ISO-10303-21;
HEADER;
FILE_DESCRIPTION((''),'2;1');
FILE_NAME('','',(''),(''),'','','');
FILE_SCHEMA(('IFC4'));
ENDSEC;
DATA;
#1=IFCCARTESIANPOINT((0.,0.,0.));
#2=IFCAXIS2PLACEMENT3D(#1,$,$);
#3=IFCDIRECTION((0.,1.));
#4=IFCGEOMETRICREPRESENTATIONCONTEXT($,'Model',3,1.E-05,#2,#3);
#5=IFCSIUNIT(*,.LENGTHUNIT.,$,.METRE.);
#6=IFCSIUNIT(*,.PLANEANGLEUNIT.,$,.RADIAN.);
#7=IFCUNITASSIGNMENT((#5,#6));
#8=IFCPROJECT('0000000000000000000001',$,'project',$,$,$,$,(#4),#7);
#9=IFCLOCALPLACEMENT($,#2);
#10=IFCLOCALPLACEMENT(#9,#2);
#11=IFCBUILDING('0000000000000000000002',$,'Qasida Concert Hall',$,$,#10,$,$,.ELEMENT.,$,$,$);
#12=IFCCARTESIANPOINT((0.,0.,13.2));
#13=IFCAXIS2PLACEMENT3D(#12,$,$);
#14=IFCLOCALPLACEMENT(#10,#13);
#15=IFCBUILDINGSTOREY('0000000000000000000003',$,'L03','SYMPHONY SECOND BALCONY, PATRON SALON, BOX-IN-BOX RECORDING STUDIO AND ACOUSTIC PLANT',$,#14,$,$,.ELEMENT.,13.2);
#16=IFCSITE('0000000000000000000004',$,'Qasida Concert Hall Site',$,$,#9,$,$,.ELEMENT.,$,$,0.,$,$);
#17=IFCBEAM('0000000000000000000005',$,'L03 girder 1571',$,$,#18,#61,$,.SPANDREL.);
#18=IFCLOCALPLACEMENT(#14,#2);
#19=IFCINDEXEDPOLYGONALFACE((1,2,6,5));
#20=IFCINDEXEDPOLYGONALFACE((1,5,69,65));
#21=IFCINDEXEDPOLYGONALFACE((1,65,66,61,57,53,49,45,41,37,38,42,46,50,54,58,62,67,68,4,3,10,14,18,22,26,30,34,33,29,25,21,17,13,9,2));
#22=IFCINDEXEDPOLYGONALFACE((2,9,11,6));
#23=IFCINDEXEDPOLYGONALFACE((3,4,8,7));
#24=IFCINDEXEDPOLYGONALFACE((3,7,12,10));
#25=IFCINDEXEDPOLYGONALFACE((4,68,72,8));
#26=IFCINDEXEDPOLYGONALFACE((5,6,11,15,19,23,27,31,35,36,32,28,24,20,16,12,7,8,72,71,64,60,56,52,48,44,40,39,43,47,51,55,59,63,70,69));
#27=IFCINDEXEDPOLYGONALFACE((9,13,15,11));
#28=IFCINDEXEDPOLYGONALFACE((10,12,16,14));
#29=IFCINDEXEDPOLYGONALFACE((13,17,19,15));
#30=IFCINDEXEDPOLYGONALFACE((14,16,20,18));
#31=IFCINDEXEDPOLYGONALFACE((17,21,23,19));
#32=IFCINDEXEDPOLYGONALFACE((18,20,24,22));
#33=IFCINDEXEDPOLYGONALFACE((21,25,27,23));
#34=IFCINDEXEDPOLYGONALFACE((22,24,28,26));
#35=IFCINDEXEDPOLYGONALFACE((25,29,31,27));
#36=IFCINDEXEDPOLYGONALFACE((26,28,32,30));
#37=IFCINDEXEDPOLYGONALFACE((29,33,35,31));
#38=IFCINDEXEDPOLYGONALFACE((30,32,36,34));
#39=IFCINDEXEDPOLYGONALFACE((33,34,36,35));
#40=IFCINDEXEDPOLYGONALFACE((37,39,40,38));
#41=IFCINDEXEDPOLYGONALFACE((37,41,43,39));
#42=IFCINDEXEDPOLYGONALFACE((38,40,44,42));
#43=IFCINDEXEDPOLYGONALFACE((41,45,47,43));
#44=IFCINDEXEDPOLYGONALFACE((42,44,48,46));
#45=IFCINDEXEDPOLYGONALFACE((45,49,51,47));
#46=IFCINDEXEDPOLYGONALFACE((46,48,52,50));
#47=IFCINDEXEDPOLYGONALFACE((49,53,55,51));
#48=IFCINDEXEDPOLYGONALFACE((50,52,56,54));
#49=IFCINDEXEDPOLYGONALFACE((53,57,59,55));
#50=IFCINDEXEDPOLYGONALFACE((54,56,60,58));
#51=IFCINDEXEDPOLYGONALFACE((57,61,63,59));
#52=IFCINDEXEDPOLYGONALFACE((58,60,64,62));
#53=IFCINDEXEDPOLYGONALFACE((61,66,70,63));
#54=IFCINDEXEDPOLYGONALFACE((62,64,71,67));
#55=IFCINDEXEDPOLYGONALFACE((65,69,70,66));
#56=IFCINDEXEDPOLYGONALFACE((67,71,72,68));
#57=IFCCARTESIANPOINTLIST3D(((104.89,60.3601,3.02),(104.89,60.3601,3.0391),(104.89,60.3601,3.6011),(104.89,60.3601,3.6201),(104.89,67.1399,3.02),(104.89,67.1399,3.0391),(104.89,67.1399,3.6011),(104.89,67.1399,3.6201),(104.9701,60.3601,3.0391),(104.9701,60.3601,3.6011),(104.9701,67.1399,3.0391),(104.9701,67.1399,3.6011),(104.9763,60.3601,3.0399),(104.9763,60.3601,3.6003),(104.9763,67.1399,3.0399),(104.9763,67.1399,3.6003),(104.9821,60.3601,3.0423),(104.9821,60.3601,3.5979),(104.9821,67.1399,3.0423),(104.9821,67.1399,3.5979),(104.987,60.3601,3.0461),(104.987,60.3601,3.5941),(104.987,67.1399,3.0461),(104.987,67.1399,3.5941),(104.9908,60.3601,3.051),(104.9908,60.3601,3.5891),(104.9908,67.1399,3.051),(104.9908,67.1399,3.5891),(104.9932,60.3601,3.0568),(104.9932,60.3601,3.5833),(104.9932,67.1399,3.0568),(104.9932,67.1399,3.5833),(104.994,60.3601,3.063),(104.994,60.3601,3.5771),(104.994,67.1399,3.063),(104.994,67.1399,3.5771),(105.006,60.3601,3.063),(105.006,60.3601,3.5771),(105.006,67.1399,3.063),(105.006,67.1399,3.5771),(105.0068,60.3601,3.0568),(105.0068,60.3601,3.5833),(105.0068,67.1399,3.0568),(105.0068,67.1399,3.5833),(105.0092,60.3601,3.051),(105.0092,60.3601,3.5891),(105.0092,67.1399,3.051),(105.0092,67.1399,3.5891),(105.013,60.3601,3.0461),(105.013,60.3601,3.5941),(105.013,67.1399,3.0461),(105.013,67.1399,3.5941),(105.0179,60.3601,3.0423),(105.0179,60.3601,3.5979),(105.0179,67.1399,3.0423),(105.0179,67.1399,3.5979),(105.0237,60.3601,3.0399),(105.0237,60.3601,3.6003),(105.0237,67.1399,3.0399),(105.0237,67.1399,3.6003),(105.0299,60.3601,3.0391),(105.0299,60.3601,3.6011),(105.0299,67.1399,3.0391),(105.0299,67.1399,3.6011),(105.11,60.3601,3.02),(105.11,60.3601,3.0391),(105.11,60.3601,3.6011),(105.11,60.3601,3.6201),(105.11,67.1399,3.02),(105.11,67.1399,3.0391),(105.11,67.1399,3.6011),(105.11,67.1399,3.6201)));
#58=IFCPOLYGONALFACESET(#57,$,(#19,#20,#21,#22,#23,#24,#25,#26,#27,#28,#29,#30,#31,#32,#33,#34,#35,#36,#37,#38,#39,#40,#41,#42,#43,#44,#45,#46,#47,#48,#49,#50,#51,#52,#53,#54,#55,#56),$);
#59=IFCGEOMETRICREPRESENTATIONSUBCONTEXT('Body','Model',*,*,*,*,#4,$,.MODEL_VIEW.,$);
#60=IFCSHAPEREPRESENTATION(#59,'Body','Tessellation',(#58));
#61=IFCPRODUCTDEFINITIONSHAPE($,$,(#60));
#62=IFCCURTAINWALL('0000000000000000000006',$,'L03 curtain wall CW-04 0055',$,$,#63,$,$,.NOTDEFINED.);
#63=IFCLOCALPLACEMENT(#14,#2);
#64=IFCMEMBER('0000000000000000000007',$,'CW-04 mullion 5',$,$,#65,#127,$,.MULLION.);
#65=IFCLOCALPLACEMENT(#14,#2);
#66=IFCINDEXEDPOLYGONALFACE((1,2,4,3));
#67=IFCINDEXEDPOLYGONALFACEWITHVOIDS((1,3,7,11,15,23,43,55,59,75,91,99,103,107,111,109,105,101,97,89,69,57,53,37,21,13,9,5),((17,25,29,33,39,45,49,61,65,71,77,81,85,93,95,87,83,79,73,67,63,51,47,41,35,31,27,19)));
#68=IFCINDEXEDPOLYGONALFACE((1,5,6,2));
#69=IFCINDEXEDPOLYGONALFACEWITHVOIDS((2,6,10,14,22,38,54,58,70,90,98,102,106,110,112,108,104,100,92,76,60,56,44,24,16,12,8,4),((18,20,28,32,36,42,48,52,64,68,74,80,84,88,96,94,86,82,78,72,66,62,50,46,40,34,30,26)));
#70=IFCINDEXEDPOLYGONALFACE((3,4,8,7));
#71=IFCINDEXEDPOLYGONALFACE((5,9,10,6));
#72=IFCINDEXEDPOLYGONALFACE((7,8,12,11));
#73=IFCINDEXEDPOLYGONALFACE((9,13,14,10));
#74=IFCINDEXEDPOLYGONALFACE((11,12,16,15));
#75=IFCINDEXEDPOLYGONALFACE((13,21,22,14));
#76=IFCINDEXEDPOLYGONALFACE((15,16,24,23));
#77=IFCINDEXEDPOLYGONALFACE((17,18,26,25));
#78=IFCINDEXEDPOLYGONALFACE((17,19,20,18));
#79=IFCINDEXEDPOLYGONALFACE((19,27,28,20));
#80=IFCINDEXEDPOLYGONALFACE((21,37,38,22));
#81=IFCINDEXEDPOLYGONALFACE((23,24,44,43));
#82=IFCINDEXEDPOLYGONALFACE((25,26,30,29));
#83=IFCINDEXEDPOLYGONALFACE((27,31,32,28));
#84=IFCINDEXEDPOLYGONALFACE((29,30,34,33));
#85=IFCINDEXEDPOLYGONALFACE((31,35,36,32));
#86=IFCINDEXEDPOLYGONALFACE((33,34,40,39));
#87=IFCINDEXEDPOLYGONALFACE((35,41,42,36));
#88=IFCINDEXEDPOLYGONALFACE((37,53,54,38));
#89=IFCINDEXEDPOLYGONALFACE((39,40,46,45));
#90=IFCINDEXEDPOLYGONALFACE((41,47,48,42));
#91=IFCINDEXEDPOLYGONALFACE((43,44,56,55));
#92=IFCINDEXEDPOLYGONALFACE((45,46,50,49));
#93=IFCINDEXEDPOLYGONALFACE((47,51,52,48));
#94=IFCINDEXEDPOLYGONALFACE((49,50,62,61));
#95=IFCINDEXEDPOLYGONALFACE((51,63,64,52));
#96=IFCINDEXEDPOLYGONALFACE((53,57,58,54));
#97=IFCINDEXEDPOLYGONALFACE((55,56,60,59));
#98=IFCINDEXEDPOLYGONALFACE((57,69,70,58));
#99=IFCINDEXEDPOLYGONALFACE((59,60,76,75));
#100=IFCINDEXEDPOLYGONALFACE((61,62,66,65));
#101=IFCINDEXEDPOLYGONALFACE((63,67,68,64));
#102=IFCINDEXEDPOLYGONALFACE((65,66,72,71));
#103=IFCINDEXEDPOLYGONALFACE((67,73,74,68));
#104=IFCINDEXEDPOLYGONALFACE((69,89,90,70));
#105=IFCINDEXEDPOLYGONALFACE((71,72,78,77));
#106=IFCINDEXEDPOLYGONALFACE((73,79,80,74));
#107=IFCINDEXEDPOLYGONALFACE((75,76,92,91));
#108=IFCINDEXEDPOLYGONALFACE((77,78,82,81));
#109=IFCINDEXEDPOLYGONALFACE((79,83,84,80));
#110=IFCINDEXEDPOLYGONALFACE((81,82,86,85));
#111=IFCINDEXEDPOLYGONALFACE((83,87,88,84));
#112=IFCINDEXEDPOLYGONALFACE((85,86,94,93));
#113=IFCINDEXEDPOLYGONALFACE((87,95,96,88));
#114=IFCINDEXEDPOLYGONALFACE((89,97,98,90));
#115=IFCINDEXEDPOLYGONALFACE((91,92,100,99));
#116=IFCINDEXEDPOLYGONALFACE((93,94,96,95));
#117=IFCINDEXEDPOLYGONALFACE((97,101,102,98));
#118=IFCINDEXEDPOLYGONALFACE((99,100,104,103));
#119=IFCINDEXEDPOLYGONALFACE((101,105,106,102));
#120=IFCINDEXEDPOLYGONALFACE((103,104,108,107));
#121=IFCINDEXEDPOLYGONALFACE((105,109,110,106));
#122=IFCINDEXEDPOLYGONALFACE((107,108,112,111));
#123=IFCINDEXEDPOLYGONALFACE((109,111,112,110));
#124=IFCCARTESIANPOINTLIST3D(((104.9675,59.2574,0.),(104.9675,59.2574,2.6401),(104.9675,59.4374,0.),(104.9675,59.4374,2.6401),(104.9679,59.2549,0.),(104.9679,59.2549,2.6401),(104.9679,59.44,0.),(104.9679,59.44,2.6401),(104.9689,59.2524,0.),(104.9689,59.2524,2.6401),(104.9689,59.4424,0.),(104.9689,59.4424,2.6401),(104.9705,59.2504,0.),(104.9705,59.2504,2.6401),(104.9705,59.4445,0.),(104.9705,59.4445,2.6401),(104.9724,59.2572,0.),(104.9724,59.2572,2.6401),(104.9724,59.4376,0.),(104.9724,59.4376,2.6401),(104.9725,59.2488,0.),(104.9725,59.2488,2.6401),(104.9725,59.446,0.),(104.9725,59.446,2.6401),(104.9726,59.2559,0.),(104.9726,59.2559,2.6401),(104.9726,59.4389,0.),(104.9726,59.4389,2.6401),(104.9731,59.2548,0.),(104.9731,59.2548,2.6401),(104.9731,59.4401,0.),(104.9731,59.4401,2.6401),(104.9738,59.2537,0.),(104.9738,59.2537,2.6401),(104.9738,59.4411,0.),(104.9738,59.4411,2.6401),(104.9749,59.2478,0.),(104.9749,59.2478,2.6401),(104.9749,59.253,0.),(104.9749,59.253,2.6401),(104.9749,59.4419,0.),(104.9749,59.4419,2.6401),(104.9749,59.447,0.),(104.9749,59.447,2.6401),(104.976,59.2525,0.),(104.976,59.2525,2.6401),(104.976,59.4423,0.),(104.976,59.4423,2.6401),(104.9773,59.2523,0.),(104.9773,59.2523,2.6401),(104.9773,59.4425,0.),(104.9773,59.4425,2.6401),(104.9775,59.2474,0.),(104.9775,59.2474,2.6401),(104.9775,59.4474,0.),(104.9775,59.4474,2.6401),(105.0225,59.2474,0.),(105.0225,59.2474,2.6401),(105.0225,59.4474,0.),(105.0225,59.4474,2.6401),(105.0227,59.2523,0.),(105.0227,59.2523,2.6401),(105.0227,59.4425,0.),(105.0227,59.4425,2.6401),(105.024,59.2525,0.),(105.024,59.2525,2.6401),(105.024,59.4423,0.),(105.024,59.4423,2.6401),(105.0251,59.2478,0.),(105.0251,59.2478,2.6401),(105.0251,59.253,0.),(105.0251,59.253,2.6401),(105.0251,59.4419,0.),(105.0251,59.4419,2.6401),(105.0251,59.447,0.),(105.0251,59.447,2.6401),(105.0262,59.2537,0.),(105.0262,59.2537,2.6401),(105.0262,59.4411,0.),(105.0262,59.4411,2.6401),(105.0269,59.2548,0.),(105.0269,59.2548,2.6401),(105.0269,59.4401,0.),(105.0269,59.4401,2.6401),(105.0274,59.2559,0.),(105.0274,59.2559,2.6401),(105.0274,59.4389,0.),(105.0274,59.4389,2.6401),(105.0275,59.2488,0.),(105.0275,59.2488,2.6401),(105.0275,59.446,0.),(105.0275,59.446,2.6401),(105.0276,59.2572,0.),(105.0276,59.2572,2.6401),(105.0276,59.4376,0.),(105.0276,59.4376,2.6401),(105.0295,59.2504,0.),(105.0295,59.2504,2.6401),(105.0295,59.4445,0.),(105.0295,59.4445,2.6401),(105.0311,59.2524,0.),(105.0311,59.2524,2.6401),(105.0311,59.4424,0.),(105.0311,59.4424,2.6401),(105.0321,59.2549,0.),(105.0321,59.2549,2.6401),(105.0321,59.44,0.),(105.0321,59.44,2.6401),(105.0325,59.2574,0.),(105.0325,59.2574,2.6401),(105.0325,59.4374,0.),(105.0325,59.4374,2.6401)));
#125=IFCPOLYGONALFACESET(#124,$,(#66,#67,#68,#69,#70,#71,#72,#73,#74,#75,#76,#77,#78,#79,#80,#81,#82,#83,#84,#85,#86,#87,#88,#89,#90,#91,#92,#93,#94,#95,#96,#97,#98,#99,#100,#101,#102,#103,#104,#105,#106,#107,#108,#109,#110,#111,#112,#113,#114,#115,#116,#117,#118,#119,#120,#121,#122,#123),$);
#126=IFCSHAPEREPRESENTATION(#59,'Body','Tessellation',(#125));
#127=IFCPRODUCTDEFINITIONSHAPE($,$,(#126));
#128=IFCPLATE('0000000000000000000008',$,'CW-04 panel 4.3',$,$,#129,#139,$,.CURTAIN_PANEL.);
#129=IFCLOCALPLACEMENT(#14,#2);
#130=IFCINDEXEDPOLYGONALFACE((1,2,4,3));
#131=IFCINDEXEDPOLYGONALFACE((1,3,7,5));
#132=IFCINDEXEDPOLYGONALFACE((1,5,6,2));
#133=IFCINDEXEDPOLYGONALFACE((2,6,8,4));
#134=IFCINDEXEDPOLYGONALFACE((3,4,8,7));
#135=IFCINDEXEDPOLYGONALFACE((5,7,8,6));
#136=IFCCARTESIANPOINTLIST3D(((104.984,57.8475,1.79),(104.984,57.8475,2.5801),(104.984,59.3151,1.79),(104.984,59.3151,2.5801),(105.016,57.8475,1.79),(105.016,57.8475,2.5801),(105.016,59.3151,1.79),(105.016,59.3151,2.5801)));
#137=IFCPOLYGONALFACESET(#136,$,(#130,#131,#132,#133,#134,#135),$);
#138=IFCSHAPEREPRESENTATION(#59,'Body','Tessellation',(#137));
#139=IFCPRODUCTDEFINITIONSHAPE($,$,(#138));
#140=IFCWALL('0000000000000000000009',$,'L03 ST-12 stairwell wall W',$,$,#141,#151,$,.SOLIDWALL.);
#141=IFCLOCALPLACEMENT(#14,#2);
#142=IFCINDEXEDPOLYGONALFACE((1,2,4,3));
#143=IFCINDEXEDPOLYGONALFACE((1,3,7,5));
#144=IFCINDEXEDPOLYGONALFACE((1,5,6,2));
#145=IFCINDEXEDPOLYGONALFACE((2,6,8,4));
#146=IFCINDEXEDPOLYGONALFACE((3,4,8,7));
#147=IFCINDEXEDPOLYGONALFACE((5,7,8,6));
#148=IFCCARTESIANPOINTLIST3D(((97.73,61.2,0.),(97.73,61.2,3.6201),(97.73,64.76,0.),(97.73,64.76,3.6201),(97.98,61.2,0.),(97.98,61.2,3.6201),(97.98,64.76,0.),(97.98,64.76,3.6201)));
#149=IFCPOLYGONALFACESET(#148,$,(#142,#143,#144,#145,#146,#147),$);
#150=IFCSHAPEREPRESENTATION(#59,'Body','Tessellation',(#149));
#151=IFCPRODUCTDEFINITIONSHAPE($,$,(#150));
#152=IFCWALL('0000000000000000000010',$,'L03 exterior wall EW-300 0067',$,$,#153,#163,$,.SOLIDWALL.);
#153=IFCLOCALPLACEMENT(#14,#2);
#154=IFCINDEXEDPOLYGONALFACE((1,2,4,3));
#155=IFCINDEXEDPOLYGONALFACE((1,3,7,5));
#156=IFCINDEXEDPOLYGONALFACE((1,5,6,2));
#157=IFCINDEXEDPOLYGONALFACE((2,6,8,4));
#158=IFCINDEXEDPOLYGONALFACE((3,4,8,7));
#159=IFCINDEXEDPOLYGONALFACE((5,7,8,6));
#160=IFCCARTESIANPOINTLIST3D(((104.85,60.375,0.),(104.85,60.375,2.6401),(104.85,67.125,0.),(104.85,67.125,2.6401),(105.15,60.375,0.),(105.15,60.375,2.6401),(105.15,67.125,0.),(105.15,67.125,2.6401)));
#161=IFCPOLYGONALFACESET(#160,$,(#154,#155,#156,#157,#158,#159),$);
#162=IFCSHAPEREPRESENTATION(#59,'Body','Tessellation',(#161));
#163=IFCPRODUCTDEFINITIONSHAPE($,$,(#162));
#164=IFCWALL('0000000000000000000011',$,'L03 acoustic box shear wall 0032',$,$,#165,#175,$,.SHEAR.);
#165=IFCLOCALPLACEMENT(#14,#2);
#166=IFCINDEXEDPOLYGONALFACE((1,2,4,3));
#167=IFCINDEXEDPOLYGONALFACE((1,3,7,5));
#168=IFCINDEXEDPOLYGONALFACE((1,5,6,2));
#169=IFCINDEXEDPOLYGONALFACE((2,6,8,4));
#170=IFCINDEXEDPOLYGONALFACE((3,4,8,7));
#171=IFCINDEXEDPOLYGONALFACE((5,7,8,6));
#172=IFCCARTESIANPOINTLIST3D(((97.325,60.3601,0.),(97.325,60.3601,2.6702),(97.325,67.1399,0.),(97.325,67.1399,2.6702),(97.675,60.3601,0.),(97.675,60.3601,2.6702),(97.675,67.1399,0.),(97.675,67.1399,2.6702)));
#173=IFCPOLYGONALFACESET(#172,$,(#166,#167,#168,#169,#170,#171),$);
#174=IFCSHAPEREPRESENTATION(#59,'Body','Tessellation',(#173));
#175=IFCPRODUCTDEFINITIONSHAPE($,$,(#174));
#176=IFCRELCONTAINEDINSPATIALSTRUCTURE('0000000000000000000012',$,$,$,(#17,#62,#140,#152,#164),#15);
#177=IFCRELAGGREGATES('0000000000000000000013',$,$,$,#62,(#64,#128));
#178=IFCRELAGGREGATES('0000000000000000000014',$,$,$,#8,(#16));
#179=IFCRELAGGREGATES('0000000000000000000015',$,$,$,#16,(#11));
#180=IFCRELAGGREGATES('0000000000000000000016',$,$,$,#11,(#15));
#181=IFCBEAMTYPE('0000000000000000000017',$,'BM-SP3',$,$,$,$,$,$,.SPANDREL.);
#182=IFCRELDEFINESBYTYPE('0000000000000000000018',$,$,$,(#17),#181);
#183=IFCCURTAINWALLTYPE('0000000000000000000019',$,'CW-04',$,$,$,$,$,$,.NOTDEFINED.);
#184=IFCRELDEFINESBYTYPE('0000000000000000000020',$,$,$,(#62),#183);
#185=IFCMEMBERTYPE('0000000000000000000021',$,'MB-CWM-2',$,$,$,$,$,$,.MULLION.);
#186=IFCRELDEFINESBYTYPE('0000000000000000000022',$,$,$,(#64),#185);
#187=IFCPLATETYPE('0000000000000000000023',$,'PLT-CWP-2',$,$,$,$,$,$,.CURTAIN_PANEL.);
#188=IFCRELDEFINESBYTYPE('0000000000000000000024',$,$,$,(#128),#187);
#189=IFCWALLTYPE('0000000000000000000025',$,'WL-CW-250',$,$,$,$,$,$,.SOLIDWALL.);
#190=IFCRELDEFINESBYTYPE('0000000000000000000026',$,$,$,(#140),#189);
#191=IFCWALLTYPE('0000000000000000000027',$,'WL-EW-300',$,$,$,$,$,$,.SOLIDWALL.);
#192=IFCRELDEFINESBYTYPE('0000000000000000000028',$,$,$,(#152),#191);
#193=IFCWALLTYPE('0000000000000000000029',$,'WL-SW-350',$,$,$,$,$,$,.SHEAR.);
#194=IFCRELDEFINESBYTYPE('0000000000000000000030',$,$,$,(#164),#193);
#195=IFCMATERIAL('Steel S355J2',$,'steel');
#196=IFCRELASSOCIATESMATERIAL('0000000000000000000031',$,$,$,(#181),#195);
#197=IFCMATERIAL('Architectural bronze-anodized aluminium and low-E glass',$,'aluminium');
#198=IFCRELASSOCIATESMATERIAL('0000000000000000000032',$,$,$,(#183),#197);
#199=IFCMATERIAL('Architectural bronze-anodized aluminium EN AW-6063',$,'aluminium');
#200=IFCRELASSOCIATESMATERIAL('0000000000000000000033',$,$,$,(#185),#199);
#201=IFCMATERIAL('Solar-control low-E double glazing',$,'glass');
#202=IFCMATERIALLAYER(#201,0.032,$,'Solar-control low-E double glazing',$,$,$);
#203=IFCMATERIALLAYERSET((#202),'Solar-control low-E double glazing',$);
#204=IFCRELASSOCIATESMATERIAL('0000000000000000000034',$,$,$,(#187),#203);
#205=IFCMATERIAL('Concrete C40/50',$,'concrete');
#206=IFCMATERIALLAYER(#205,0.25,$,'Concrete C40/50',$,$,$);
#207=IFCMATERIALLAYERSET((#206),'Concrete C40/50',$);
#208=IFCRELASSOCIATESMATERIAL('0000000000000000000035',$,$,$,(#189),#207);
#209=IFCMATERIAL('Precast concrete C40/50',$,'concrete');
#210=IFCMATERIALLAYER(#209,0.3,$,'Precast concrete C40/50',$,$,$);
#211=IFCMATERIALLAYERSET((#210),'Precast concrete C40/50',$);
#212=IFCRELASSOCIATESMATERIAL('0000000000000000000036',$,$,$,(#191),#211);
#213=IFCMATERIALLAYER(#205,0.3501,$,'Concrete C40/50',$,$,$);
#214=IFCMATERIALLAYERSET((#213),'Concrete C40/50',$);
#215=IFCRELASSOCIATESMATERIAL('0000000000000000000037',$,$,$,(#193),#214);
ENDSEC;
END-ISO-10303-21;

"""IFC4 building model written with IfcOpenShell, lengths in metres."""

from ifc_helpers import new_model, si_unit, direction, frame, frame_2d, origin, origin_2d, place, context, subcontext, project, spatial, rectangle, hollow_rectangle, i_section, extrude, material, layer, layer_set, material_profile, profile_set, type_object, element, aggregate, save


model = new_model("IFC4")

# Units and contexts
model_context = context("Model", 3, precision=1e-05, world=origin(), true_north=direction((0.0, 1.0)))
body_context = subcontext(model_context, "Body", "Model", "MODEL_VIEW")
ifc_project = project(units=[si_unit("LENGTHUNIT", "METRE"), si_unit("PLANEANGLEUNIT", "RADIAN")], contexts=[model_context])

# Site, building, storey
site_placement = place(None, origin())
site = spatial("IfcSite", under=ifc_project, at=site_placement, Name="Qasida Concert Hall Site", CompositionType="ELEMENT", RefElevation=0.0)
building_placement = place(site_placement, origin())
building = spatial("IfcBuilding", under=site, at=building_placement, Name="Qasida Concert Hall", CompositionType="ELEMENT")
storey_placement = place(building_placement, frame((0.0, 0.0, 13.2)))
storey = spatial("IfcBuildingStorey", under=building, at=storey_placement, Name="L03", Description="SYMPHONY SECOND BALCONY, PATRON SALON, BOX-IN-BOX RECORDING STUDIO AND ACOUSTIC PLANT", CompositionType="ELEMENT", Elevation=13.2)

# Beam
ifc_material_1 = material(Name="Steel S355J2", Category="steel")
ifc_material_2 = material(Name="Concrete C40/50", Category="concrete")
ifc_material_profile_1 = material_profile(ifc_material_1, i_section(OverallWidth=0.22, OverallDepth=0.6001, WebThickness=0.012, FlangeThickness=0.019, FilletRadius=0.0239, at=origin_2d()), Name="IPE 600")
ifc_profile_set_1 = profile_set([ifc_material_profile_1], Name="Steel S355J2")
beam_type_1 = type_object("IfcBeamType", Name="BM-SP3", PredefinedType="SPANDREL", material=ifc_profile_set_1)
beam_1_placement = place(storey_placement, frame((105.0, 60.3601, 3.3201), z_axis=(0.0, 1.0, 0.0), x_axis=(-1.0, 0.0, 0.0)))
element("IfcBeam", 1, at=beam_1_placement, inside=storey, type_object=beam_type_1, Name="L03 girder 1571", PredefinedType="SPANDREL", context=body_context, shape_type="SweptSolid", body=[
    extrude(i_section(OverallWidth=0.22, OverallDepth=0.6001, WebThickness=0.012, FlangeThickness=0.019, FilletRadius=0.0239, at=origin_2d()), origin(), (0.0, 0.0, 1.0), 6.7798),
])

# Curtain wall, member, plate
ifc_material_3 = material(Name="Architectural bronze-anodized aluminium and low-E glass", Category="aluminium")
curtain_wall_type = type_object("IfcCurtainWallType", Name="CW-04", PredefinedType="NOTDEFINED", material=ifc_material_3)
curtain_wall_placement = place(storey_placement, origin())
curtain_wall = element("IfcCurtainWall", 2, at=curtain_wall_placement, inside=storey, type_object=curtain_wall_type, Name="L03 curtain wall CW-04 0055", PredefinedType="NOTDEFINED")
ifc_material_4 = material(Name="Architectural bronze-anodized aluminium EN AW-6063", Category="aluminium")
ifc_material_profile_2 = material_profile(ifc_material_4, hollow_rectangle(XDim=0.0649, YDim=0.2, WallThickness=0.0049, InnerFilletRadius=0.0049, OuterFilletRadius=0.01, at=origin_2d()), Name="CWM 200x65x5")
ifc_profile_set_2 = profile_set([ifc_material_profile_2], Name="Architectural bronze-anodized aluminium EN AW-6063")
member_type = type_object("IfcMemberType", Name="MB-CWM-2", PredefinedType="MULLION", material=ifc_profile_set_2)
member_placement = place(storey_placement, frame((105.0, 59.3474, 0.0), z_axis=(0.0, 0.0, 1.0), x_axis=(-1.0, 0.0, 0.0)))
member = element("IfcMember", 3, at=member_placement, type_object=member_type, Name="CW-04 mullion 5", PredefinedType="MULLION", context=body_context, shape_type="SweptSolid", body=[
    extrude(hollow_rectangle(XDim=0.0649, YDim=0.2, WallThickness=0.0049, InnerFilletRadius=0.0049, OuterFilletRadius=0.01, at=origin_2d()), origin(), (0.0, 0.0, 1.0), 2.6401),
])
ifc_material_5 = material(Name="Solar-control low-E double glazing", Category="glass")
ifc_layer_1 = layer(ifc_material_5, 0.032, Name="Solar-control low-E double glazing")
ifc_layer_set_1 = layer_set([ifc_layer_1], Name="Solar-control low-E double glazing")
plate_type = type_object("IfcPlateType", Name="PLT-CWP-2", PredefinedType="CURTAIN_PANEL", material=ifc_layer_set_1)
plate_placement = place(storey_placement, frame((105.0, 58.5813, 1.79), z_axis=(0.0, 0.0, 1.0), x_axis=(0.0, 1.0, 0.0)))
plate = element("IfcPlate", 4, at=plate_placement, type_object=plate_type, Name="CW-04 panel 4.3", PredefinedType="CURTAIN_PANEL", context=body_context, shape_type="SweptSolid", body=[
    extrude(rectangle(XDim=1.4675, YDim=0.032, at=origin_2d()), origin(), (0.0, 0.0, 1.0), 0.79),
])
aggregate(curtain_wall, [member, plate])

# Shared definitions
ifc_layer_2 = layer(ifc_material_2, 0.25, Name="Concrete C40/50")
ifc_layer_set_2 = layer_set([ifc_layer_2], Name="Concrete C40/50")
wall_type_1 = type_object("IfcWallType", Name="WL-CW-250", PredefinedType="SOLIDWALL", material=ifc_layer_set_2)

# Walls
wall_1_placement = place(storey_placement, frame((97.855, 61.2, 0.0), z_axis=(0.0, 0.0, 1.0), x_axis=(0.0, 1.0, 0.0)))
element("IfcWall", 5, at=wall_1_placement, inside=storey, type_object=wall_type_1, Name="L03 ST-12 stairwell wall W", PredefinedType="SOLIDWALL", context=body_context, shape_type="SweptSolid", body=[
    extrude(rectangle(XDim=3.5601, YDim=0.25, at=frame_2d((1.78, 0.0))), origin(), (0.0, 0.0, 1.0), 3.6201),
])
ifc_material_6 = material(Name="Precast concrete C40/50", Category="concrete")
ifc_layer_3 = layer(ifc_material_6, 0.3, Name="Precast concrete C40/50")
ifc_layer_set_3 = layer_set([ifc_layer_3], Name="Precast concrete C40/50")
wall_type_2 = type_object("IfcWallType", Name="WL-EW-300", PredefinedType="SOLIDWALL", material=ifc_layer_set_3)
wall_2_placement = place(storey_placement, frame((105.0, 60.375, 0.0), z_axis=(0.0, 0.0, 1.0), x_axis=(0.0, 1.0, 0.0)))
element("IfcWall", 6, at=wall_2_placement, inside=storey, type_object=wall_type_2, Name="L03 exterior wall EW-300 0067", PredefinedType="SOLIDWALL", context=body_context, shape_type="SweptSolid", body=[
    extrude(rectangle(XDim=6.75, YDim=0.3, at=frame_2d((3.375, 0.0))), origin(), (0.0, 0.0, 1.0), 2.6401),
])
ifc_layer_4 = layer(ifc_material_2, 0.3501, Name="Concrete C40/50")
ifc_layer_set_4 = layer_set([ifc_layer_4], Name="Concrete C40/50")
wall_type_3 = type_object("IfcWallType", Name="WL-SW-350", PredefinedType="SHEAR", material=ifc_layer_set_4)
wall_3_placement = place(storey_placement, frame((97.5, 60.3601, 0.0), z_axis=(0.0, 0.0, 1.0), x_axis=(0.0, 1.0, 0.0)))
element("IfcWall", 7, at=wall_3_placement, inside=storey, type_object=wall_type_3, Name="L03 acoustic box shear wall 0032", PredefinedType="SHEAR", context=body_context, shape_type="SweptSolid", body=[
    extrude(rectangle(XDim=6.7798, YDim=0.3501, at=frame_2d((3.3899, 0.0))), origin(), (0.0, 0.0, 1.0), 2.6702),
])

save(model, "model.ifc")
